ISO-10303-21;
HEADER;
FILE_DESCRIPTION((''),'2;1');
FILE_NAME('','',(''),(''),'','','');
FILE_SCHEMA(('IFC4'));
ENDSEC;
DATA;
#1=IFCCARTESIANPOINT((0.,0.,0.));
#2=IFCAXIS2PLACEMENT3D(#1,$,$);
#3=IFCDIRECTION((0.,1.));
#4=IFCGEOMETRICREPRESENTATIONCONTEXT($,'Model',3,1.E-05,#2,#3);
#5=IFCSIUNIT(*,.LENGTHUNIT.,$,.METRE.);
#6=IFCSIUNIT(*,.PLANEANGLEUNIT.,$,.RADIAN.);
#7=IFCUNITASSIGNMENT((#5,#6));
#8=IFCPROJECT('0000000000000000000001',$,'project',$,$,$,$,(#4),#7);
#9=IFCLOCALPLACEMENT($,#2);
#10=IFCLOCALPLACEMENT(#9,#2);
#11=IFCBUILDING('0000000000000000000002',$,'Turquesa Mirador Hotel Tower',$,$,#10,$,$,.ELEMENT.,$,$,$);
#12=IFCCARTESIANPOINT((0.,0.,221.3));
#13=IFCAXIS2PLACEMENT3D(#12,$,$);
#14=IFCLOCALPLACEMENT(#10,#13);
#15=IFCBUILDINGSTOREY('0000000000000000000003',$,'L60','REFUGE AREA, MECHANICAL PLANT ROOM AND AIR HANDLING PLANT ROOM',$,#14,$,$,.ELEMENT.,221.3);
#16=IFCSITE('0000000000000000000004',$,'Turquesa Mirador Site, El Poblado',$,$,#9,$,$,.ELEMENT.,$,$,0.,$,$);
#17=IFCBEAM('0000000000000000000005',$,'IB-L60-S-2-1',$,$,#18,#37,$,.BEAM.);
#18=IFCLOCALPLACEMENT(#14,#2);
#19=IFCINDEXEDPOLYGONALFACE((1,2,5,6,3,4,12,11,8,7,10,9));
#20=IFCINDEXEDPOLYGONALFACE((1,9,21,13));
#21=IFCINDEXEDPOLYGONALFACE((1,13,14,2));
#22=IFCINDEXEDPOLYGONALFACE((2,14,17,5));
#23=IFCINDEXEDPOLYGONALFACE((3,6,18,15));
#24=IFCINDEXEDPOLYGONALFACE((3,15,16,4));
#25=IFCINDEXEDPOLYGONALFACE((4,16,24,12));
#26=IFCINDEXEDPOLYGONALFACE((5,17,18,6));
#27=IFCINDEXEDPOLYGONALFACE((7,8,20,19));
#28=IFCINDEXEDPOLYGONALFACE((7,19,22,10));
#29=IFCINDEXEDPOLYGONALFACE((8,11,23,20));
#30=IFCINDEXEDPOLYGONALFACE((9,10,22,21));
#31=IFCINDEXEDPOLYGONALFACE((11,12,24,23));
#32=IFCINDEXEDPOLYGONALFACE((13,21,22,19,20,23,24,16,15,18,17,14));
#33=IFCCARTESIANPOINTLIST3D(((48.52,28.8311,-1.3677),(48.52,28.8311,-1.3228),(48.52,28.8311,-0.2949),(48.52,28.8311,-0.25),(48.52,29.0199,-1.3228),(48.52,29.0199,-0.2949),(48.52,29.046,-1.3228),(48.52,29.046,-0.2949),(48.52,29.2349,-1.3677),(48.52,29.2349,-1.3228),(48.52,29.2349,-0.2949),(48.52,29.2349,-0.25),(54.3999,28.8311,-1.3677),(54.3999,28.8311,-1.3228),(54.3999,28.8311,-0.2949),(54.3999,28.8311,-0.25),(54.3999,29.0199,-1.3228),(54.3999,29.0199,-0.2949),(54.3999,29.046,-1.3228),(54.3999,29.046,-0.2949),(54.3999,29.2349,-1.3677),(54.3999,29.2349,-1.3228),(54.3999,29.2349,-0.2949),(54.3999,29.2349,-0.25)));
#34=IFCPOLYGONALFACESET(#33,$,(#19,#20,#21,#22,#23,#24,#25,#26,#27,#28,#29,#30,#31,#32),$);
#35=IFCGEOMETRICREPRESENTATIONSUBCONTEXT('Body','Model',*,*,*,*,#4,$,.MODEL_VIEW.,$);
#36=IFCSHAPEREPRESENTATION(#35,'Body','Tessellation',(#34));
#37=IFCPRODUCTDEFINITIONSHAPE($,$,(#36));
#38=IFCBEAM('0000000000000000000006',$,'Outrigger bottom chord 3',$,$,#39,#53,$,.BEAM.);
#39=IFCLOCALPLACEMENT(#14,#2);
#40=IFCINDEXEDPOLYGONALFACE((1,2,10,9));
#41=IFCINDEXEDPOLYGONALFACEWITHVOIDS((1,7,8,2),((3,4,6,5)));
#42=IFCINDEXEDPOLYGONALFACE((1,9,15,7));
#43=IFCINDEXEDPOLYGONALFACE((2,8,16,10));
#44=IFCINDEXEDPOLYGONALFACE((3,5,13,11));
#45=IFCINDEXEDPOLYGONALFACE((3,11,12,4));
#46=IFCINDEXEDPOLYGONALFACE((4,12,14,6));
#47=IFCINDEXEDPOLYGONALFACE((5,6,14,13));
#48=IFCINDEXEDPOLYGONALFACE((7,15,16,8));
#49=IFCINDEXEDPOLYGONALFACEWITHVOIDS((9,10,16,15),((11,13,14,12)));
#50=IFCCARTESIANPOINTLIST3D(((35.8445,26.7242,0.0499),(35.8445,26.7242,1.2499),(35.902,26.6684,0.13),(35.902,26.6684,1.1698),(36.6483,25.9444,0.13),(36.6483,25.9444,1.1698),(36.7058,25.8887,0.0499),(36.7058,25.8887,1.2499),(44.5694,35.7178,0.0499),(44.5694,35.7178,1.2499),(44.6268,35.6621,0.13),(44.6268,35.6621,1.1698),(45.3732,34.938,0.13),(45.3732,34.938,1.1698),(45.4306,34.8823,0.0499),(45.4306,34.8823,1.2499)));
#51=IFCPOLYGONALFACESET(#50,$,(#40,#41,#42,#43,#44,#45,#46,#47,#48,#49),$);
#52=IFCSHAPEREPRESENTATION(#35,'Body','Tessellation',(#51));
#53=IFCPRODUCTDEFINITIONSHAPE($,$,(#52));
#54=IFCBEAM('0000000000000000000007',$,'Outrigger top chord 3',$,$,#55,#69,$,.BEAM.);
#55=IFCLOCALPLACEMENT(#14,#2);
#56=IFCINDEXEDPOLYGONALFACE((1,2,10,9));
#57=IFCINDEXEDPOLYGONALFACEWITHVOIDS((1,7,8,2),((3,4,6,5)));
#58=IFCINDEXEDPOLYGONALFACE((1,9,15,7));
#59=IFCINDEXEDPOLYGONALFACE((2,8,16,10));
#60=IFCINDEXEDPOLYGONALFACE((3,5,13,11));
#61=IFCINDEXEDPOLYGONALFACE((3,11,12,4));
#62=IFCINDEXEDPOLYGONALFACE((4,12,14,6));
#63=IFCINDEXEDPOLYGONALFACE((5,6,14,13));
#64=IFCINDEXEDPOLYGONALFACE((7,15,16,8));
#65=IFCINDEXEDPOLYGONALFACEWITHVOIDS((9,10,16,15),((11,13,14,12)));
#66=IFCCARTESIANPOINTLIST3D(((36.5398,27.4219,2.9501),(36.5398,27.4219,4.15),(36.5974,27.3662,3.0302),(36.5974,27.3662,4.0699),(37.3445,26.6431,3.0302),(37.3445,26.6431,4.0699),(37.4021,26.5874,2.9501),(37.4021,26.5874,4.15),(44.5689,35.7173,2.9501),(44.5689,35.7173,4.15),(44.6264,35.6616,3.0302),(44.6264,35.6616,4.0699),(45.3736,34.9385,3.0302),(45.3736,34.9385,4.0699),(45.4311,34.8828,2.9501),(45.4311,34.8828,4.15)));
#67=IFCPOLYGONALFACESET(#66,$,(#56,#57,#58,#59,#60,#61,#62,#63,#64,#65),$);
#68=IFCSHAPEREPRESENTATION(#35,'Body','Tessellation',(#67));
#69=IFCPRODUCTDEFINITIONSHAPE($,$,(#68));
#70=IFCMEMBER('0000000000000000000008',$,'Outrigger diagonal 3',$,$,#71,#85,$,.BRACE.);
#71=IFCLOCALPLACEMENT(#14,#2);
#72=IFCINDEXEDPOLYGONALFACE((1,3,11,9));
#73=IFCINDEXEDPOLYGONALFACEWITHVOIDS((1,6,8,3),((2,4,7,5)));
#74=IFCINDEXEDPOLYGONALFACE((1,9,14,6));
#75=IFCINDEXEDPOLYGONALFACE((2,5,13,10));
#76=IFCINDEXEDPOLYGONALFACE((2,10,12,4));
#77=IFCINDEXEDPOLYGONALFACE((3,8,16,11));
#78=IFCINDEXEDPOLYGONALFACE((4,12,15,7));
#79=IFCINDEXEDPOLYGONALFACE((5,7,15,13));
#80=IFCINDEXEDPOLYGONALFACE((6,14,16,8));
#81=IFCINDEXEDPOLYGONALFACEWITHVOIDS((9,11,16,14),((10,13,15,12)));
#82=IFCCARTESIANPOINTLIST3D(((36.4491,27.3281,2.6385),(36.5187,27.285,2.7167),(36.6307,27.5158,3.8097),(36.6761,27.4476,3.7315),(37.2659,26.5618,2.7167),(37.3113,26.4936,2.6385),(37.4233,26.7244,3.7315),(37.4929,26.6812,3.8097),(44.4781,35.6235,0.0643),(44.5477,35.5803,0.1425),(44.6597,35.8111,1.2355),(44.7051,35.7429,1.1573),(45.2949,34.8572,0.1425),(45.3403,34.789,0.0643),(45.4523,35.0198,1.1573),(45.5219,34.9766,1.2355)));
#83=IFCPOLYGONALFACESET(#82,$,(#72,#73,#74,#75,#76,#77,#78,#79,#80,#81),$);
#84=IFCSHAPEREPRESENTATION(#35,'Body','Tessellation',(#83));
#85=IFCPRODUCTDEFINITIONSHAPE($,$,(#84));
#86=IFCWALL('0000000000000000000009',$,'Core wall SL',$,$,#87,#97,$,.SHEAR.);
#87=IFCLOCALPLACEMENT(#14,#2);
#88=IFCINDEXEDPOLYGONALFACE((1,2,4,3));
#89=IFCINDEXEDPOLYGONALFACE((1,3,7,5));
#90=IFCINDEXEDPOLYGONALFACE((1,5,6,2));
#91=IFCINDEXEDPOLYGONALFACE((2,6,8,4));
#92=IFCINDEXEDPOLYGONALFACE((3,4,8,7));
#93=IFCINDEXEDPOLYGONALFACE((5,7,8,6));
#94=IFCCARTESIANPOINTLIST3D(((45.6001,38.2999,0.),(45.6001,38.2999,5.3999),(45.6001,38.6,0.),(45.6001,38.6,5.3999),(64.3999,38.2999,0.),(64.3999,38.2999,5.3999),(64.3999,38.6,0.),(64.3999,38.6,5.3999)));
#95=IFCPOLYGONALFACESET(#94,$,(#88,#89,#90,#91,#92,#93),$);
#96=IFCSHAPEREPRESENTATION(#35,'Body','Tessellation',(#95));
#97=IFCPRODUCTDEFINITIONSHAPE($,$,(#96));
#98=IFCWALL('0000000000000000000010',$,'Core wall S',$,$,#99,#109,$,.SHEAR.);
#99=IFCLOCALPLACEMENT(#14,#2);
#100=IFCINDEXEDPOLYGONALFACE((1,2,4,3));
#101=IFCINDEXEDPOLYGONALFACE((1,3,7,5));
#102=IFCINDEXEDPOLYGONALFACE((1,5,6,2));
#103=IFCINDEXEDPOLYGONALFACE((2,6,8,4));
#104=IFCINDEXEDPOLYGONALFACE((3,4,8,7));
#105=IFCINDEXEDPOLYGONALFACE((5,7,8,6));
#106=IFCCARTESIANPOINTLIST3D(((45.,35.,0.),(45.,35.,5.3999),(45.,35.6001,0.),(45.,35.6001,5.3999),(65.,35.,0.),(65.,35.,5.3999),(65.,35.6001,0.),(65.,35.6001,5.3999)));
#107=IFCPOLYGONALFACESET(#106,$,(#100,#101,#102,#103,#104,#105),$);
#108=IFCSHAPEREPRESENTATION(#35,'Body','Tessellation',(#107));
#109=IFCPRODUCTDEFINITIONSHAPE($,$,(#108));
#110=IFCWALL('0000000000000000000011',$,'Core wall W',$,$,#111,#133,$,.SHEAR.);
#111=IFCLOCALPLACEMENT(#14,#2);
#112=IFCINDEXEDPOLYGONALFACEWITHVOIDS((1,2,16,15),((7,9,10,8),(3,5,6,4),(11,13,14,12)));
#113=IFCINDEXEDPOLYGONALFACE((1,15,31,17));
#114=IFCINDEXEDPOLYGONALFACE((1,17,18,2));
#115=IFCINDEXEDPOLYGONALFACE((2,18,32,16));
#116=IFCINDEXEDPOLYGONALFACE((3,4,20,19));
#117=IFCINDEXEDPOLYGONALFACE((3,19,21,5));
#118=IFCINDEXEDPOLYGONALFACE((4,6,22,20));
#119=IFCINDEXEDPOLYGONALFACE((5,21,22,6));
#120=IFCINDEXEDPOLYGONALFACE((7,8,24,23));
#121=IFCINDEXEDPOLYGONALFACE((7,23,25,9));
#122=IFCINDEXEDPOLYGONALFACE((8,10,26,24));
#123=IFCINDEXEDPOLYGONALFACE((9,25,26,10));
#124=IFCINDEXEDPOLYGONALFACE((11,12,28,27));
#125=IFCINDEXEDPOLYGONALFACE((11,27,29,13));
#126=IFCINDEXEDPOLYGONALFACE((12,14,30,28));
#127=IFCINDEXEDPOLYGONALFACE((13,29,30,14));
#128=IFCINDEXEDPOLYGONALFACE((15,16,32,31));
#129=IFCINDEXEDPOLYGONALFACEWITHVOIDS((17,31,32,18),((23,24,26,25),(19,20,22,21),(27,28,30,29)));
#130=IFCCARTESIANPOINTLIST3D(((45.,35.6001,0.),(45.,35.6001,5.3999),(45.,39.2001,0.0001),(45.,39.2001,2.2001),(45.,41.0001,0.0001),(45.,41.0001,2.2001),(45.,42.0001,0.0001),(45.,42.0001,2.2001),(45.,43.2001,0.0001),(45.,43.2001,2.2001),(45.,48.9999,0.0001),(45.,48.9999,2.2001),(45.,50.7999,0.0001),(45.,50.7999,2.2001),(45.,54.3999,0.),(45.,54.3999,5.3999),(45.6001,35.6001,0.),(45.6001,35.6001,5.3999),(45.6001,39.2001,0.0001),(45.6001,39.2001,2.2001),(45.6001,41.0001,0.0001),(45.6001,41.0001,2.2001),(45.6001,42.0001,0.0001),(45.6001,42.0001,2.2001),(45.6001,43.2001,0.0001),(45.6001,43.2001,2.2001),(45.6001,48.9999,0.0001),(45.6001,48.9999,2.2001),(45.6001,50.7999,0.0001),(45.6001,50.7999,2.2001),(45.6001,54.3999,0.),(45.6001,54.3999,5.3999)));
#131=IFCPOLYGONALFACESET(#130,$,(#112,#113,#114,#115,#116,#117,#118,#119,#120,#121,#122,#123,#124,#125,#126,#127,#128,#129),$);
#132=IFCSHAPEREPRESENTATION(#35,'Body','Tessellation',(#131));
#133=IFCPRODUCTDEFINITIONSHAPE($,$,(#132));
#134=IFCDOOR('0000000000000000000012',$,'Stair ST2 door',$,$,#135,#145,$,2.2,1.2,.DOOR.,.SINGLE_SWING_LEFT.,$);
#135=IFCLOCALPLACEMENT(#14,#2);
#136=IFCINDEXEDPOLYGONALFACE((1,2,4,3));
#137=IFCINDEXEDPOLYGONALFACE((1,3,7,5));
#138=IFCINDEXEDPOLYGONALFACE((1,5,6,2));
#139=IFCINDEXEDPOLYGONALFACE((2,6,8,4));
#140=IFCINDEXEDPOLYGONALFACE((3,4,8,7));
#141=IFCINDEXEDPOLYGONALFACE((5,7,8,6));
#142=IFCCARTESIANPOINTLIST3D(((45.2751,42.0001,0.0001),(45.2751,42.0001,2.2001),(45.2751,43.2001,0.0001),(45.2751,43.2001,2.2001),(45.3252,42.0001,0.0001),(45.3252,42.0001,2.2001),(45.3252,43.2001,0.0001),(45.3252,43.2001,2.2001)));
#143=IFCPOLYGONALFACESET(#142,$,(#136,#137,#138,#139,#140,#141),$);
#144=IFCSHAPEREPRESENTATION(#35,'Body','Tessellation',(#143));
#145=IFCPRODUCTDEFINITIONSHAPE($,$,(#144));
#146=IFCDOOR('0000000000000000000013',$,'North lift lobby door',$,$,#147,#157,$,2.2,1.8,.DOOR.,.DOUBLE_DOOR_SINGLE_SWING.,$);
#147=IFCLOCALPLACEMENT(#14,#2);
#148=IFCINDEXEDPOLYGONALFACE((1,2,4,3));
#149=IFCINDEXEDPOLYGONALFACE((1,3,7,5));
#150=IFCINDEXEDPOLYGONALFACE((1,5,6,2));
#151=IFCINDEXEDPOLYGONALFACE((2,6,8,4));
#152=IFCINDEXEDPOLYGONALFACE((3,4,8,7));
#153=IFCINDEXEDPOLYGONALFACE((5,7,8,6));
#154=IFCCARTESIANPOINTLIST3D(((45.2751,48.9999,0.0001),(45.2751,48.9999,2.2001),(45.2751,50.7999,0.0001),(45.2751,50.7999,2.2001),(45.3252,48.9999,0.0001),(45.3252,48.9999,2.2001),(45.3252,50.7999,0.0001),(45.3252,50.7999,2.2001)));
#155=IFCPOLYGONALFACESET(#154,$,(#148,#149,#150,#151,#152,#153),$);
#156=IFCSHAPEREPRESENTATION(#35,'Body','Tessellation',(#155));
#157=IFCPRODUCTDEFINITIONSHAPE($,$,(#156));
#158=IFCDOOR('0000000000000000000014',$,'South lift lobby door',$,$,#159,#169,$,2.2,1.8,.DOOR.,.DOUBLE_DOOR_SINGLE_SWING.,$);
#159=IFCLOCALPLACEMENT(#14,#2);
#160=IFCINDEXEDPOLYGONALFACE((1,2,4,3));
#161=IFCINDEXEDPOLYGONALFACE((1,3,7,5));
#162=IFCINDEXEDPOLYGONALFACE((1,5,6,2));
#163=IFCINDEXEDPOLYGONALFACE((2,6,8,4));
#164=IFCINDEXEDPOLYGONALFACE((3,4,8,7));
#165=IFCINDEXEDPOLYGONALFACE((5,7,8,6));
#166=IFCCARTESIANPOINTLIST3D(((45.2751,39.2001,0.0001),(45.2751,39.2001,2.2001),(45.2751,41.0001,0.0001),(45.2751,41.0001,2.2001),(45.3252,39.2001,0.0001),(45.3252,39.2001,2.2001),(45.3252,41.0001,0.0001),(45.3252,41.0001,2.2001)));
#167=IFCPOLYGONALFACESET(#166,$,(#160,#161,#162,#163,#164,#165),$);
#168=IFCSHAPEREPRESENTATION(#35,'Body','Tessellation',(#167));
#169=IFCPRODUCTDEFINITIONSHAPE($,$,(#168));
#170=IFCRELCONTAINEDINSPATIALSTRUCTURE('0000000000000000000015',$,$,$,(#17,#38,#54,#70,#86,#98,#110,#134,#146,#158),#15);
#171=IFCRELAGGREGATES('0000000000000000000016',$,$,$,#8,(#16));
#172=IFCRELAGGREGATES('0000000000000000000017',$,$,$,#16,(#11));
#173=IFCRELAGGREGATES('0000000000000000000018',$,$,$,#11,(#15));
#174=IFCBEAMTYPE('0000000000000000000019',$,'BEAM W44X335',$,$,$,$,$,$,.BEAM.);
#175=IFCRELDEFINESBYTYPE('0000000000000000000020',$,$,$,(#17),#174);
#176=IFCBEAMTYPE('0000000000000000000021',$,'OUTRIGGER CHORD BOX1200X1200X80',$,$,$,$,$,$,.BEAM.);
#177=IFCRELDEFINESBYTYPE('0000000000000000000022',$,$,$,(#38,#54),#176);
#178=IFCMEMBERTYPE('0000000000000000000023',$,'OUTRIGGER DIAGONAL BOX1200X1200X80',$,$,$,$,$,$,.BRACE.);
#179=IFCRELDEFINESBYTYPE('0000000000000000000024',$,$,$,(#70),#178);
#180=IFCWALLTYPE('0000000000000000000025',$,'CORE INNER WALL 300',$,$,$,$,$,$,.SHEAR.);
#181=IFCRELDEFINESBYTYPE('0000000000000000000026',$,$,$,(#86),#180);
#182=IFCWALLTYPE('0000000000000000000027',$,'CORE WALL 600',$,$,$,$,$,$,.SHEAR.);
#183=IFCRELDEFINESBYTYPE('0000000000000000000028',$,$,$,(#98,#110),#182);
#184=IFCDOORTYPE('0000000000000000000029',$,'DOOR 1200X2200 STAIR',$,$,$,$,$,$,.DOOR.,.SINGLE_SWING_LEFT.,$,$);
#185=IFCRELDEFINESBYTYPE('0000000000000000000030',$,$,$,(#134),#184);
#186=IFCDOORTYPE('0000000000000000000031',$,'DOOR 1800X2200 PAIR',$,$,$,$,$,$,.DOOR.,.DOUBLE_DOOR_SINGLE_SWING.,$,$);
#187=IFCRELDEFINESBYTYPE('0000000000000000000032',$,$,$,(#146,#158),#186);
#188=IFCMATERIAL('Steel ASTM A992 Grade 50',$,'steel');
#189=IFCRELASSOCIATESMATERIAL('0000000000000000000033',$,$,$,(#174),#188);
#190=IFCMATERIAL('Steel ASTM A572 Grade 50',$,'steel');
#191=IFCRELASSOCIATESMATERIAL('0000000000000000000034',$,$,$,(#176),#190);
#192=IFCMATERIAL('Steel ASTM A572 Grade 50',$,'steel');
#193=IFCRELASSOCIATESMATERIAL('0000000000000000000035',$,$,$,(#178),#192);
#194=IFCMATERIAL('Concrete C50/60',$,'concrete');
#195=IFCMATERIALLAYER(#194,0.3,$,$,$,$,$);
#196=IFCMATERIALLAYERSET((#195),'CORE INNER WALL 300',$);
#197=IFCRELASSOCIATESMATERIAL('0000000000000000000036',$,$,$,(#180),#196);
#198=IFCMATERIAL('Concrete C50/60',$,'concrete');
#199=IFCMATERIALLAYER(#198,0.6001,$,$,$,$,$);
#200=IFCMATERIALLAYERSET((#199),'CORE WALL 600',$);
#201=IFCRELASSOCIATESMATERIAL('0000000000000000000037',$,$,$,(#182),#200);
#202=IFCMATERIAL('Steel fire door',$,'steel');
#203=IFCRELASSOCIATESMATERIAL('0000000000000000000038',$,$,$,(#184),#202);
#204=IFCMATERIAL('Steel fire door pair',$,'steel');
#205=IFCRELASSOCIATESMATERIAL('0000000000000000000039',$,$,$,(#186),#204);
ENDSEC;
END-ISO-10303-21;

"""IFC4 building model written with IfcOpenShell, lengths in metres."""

from ifc_helpers import new_model, si_unit, direction, frame, frame_2d, origin, origin_2d, place, context, subcontext, project, spatial, rectangle, hollow_rectangle, i_section, extrude, material, layer, layer_set, material_profile, profile_set, type_object, element, fill, save


model = new_model("IFC4")

# Units and contexts
model_context = context("Model", 3, precision=1e-05, world=origin(), true_north=direction((0.0, 1.0)))
body_context = subcontext(model_context, "Body", "Model", "MODEL_VIEW")
ifc_project = project(units=[si_unit("LENGTHUNIT", "METRE"), si_unit("PLANEANGLEUNIT", "RADIAN")], contexts=[model_context])

# Site, building, storey
site_placement = place(None, origin())
site = spatial("IfcSite", under=ifc_project, at=site_placement, Name="Turquesa Mirador Site, El Poblado", CompositionType="ELEMENT", RefElevation=0.0)
building_placement = place(site_placement, origin())
building = spatial("IfcBuilding", under=site, at=building_placement, Name="Turquesa Mirador Hotel Tower", CompositionType="ELEMENT")
storey_placement = place(building_placement, frame((0.0, 0.0, 221.3)))
storey = spatial("IfcBuildingStorey", under=building, at=storey_placement, Name="L60", Description="REFUGE AREA, MECHANICAL PLANT ROOM AND AIR HANDLING PLANT ROOM", CompositionType="ELEMENT", Elevation=221.3)

# Beams
ifc_material_1 = material(Name="Steel ASTM A992 Grade 50", Category="steel")
ifc_material_profile_1 = material_profile(ifc_material_1, i_section(OverallWidth=0.4038, OverallDepth=1.1177, WebThickness=0.0261, FlangeThickness=0.0449, at=origin_2d()), Name="W44X335")
ifc_profile_set_1 = profile_set([ifc_material_profile_1], Name="Steel ASTM A992 Grade 50")
beam_type_1 = type_object("IfcBeamType", Name="BEAM W44X335", PredefinedType="BEAM", material=ifc_profile_set_1)
beam_1_placement = place(storey_placement, frame((48.52, 29.033, -0.8088), z_axis=(1.0, 0.0, 0.0), x_axis=(0.0, 1.0, 0.0)))
element("IfcBeam", 1, at=beam_1_placement, inside=storey, type_object=beam_type_1, Name="IB-L60-S-2-1", PredefinedType="BEAM", context=body_context, shape_type="SweptSolid", body=[
    extrude(i_section(OverallWidth=0.4038, OverallDepth=1.1177, WebThickness=0.0261, FlangeThickness=0.0449, at=origin_2d()), origin(), (0.0, 0.0, 1.0), 5.8799),
])
ifc_material_2 = material(Name="Steel ASTM A572 Grade 50", Category="steel")
ifc_material_profile_2 = material_profile(ifc_material_2, hollow_rectangle(XDim=1.2, YDim=1.2, WallThickness=0.0801, at=origin_2d()), Name="BOX1200X1200X80")
ifc_profile_set_2 = profile_set([ifc_material_profile_2], Name="Steel ASTM A572 Grade 50")
beam_type_2 = type_object("IfcBeamType", Name="OUTRIGGER CHORD BOX1200X1200X80", PredefinedType="BEAM", material=ifc_profile_set_2)
beam_2_placement = place(storey_placement, frame((45.0, 35.3, 0.6499), z_axis=(-0.696299, -0.717751, 0.0), x_axis=(0.717751, -0.696299, 0.0)))
element("IfcBeam", 2, at=beam_2_placement, inside=storey, type_object=beam_type_2, Name="Outrigger bottom chord 3", PredefinedType="BEAM", context=body_context, shape_type="SweptSolid", body=[
    extrude(hollow_rectangle(XDim=1.2, YDim=1.2, WallThickness=0.0801, at=origin_2d()), origin(), (0.0, 0.0, 1.0), 12.5303),
])
beam_3_placement = place(storey_placement, frame((45.0, 35.3, 3.55), z_axis=(-0.695477, -0.718549, 0.0), x_axis=(0.718549, -0.695477, 0.0)))
element("IfcBeam", 3, at=beam_3_placement, inside=storey, type_object=beam_type_2, Name="Outrigger top chord 3", PredefinedType="BEAM", context=body_context, shape_type="SweptSolid", body=[
    extrude(hollow_rectangle(XDim=1.2, YDim=1.2, WallThickness=0.0801, at=origin_2d()), origin(), (0.0, 0.0, 1.0), 11.5447),
])

# Member
ifc_material_3 = material(Name="Steel ASTM A572 Grade 50", Category="steel")
ifc_material_profile_3 = material_profile(ifc_material_3, hollow_rectangle(XDim=1.2, YDim=1.2, WallThickness=0.0801, at=origin_2d()), Name="BOX1200X1200X80")
ifc_profile_set_3 = profile_set([ifc_material_profile_3], Name="Steel ASTM A572 Grade 50")
member_type = type_object("IfcMemberType", Name="OUTRIGGER DIAGONAL BOX1200X1200X80", PredefinedType="BRACE", material=ifc_profile_set_3)
member_placement = place(storey_placement, frame((45.0, 35.3, 0.6499), z_axis=(-0.678806, -0.701325, 0.217634), x_axis=(0.718549, -0.695477, 0.0)))
element("IfcMember", 4, at=member_placement, inside=storey, type_object=member_type, Name="Outrigger diagonal 3", PredefinedType="BRACE", context=body_context, shape_type="SweptSolid", body=[
    extrude(hollow_rectangle(XDim=1.2, YDim=1.2, WallThickness=0.0801, at=origin_2d()), origin(), (0.0, 0.0, 1.0), 11.8281),
])

# Walls
ifc_material_4 = material(Name="Concrete C50/60", Category="concrete")
ifc_layer_1 = layer(ifc_material_4, 0.3)
ifc_layer_set_1 = layer_set([ifc_layer_1], Name="CORE INNER WALL 300")
wall_type_1 = type_object("IfcWallType", Name="CORE INNER WALL 300", PredefinedType="SHEAR", material=ifc_layer_set_1)
wall_1_placement = place(storey_placement, frame((45.6001, 38.45, 0.0), z_axis=(0.0, 0.0, 1.0), x_axis=(1.0, 0.0, 0.0)))
element("IfcWall", 5, at=wall_1_placement, inside=storey, type_object=wall_type_1, Name="Core wall SL", PredefinedType="SHEAR", context=body_context, shape_type="SweptSolid", body=[
    extrude(rectangle(XDim=18.7998, YDim=0.3, at=frame_2d((9.3999, 0.0))), origin(), (0.0, 0.0, 1.0), 5.3999),
])
ifc_material_5 = material(Name="Concrete C50/60", Category="concrete")
ifc_layer_2 = layer(ifc_material_5, 0.6001)
ifc_layer_set_2 = layer_set([ifc_layer_2], Name="CORE WALL 600")
wall_type_2 = type_object("IfcWallType", Name="CORE WALL 600", PredefinedType="SHEAR", material=ifc_layer_set_2)
wall_2_placement = place(storey_placement, frame((45.0, 35.3, 0.0), z_axis=(0.0, 0.0, 1.0), x_axis=(1.0, 0.0, 0.0)))
element("IfcWall", 6, at=wall_2_placement, inside=storey, type_object=wall_type_2, Name="Core wall S", PredefinedType="SHEAR", context=body_context, shape_type="SweptSolid", body=[
    extrude(rectangle(XDim=20.0, YDim=0.6001, at=frame_2d((10.0, 0.0))), origin(), (0.0, 0.0, 1.0), 5.3999),
])

# Wall, openings, doors
wall_3_placement = place(storey_placement, frame((45.3, 35.6001, 0.0), z_axis=(0.0, 0.0, 1.0), x_axis=(0.0, 1.0, 0.0)))
wall_3 = element("IfcWall", 7, at=wall_3_placement, inside=storey, type_object=wall_type_2, Name="Core wall W", PredefinedType="SHEAR", context=body_context, shape_type="SweptSolid", body=[
    extrude(rectangle(XDim=18.7998, YDim=0.6001, at=frame_2d((9.3999, 0.0))), origin(), (0.0, 0.0, 1.0), 5.3999),
])
opening_1_placement = place(wall_3_placement, frame((13.3999, 0.0, 0.0)))
opening_1 = element("IfcOpeningElement", 8, at=opening_1_placement, cuts=wall_3, PredefinedType="OPENING", context=body_context, shape_type="SweptSolid", body=[
    extrude(rectangle(XDim=1.8, YDim=2.2, at=frame_2d((0.8999, 1.1001))), frame((0.0, 0.3101, 0.0), z_axis=(0.0, -1.0, 0.0), x_axis=(1.0, 0.0, 0.0)), (0.0, 0.0, 1.0), 0.6201),
])
opening_2_placement = place(wall_3_placement, frame((3.6001, 0.0, 0.0)))
opening_2 = element("IfcOpeningElement", 9, at=opening_2_placement, cuts=wall_3, PredefinedType="OPENING", context=body_context, shape_type="SweptSolid", body=[
    extrude(rectangle(XDim=1.8, YDim=2.2, at=frame_2d((0.8999, 1.1001))), frame((0.0, 0.3101, 0.0), z_axis=(0.0, -1.0, 0.0), x_axis=(1.0, 0.0, 0.0)), (0.0, 0.0, 1.0), 0.6201),
])
opening_3_placement = place(wall_3_placement, frame((6.3999, 0.0, 0.0)))
opening_3 = element("IfcOpeningElement", 10, at=opening_3_placement, cuts=wall_3, PredefinedType="OPENING", context=body_context, shape_type="SweptSolid", body=[
    extrude(rectangle(XDim=1.2, YDim=2.2, at=frame_2d((0.6001, 1.1001))), frame((0.0, 0.3101, 0.0), z_axis=(0.0, -1.0, 0.0), x_axis=(1.0, 0.0, 0.0)), (0.0, 0.0, 1.0), 0.6201),
])
ifc_material_6 = material(Name="Steel fire door", Category="steel")
door_type_1 = type_object("IfcDoorType", Name="DOOR 1200X2200 STAIR", OperationType="SINGLE_SWING_LEFT", PredefinedType="DOOR", material=ifc_material_6)
door_1_placement = place(opening_3_placement, origin())
door_1 = element("IfcDoor", 11, at=door_1_placement, inside=storey, type_object=door_type_1, Name="Stair ST2 door", OperationType="SINGLE_SWING_LEFT", OverallHeight=2.2, OverallWidth=1.2, PredefinedType="DOOR", context=body_context, shape_type="SweptSolid", body=[
    extrude(rectangle(XDim=1.2, YDim=2.2, at=frame_2d((0.6001, 1.1001))), frame((0.0, 0.0249, 0.0), z_axis=(0.0, -1.0, 0.0), x_axis=(1.0, 0.0, 0.0)), (0.0, 0.0, 1.0), 0.05),
])
fill(opening_3, door_1)
ifc_material_7 = material(Name="Steel fire door pair", Category="steel")
door_type_2 = type_object("IfcDoorType", Name="DOOR 1800X2200 PAIR", OperationType="DOUBLE_DOOR_SINGLE_SWING", PredefinedType="DOOR", material=ifc_material_7)
door_2_placement = place(opening_1_placement, origin())
door_2 = element("IfcDoor", 12, at=door_2_placement, inside=storey, type_object=door_type_2, Name="North lift lobby door", OperationType="DOUBLE_DOOR_SINGLE_SWING", OverallHeight=2.2, OverallWidth=1.8, PredefinedType="DOOR", context=body_context, shape_type="SweptSolid", body=[
    extrude(rectangle(XDim=1.8, YDim=2.2, at=frame_2d((0.8999, 1.1001))), frame((0.0, 0.0249, 0.0), z_axis=(0.0, -1.0, 0.0), x_axis=(1.0, 0.0, 0.0)), (0.0, 0.0, 1.0), 0.05),
])
fill(opening_1, door_2)
door_3_placement = place(opening_2_placement, origin())
door_3 = element("IfcDoor", 13, at=door_3_placement, inside=storey, type_object=door_type_2, Name="South lift lobby door", OperationType="DOUBLE_DOOR_SINGLE_SWING", OverallHeight=2.2, OverallWidth=1.8, PredefinedType="DOOR", context=body_context, shape_type="SweptSolid", body=[
    extrude(rectangle(XDim=1.8, YDim=2.2, at=frame_2d((0.8999, 1.1001))), frame((0.0, 0.0249, 0.0), z_axis=(0.0, -1.0, 0.0), x_axis=(1.0, 0.0, 0.0)), (0.0, 0.0, 1.0), 0.05),
])
fill(opening_2, door_3)

save(model, "model.ifc")
